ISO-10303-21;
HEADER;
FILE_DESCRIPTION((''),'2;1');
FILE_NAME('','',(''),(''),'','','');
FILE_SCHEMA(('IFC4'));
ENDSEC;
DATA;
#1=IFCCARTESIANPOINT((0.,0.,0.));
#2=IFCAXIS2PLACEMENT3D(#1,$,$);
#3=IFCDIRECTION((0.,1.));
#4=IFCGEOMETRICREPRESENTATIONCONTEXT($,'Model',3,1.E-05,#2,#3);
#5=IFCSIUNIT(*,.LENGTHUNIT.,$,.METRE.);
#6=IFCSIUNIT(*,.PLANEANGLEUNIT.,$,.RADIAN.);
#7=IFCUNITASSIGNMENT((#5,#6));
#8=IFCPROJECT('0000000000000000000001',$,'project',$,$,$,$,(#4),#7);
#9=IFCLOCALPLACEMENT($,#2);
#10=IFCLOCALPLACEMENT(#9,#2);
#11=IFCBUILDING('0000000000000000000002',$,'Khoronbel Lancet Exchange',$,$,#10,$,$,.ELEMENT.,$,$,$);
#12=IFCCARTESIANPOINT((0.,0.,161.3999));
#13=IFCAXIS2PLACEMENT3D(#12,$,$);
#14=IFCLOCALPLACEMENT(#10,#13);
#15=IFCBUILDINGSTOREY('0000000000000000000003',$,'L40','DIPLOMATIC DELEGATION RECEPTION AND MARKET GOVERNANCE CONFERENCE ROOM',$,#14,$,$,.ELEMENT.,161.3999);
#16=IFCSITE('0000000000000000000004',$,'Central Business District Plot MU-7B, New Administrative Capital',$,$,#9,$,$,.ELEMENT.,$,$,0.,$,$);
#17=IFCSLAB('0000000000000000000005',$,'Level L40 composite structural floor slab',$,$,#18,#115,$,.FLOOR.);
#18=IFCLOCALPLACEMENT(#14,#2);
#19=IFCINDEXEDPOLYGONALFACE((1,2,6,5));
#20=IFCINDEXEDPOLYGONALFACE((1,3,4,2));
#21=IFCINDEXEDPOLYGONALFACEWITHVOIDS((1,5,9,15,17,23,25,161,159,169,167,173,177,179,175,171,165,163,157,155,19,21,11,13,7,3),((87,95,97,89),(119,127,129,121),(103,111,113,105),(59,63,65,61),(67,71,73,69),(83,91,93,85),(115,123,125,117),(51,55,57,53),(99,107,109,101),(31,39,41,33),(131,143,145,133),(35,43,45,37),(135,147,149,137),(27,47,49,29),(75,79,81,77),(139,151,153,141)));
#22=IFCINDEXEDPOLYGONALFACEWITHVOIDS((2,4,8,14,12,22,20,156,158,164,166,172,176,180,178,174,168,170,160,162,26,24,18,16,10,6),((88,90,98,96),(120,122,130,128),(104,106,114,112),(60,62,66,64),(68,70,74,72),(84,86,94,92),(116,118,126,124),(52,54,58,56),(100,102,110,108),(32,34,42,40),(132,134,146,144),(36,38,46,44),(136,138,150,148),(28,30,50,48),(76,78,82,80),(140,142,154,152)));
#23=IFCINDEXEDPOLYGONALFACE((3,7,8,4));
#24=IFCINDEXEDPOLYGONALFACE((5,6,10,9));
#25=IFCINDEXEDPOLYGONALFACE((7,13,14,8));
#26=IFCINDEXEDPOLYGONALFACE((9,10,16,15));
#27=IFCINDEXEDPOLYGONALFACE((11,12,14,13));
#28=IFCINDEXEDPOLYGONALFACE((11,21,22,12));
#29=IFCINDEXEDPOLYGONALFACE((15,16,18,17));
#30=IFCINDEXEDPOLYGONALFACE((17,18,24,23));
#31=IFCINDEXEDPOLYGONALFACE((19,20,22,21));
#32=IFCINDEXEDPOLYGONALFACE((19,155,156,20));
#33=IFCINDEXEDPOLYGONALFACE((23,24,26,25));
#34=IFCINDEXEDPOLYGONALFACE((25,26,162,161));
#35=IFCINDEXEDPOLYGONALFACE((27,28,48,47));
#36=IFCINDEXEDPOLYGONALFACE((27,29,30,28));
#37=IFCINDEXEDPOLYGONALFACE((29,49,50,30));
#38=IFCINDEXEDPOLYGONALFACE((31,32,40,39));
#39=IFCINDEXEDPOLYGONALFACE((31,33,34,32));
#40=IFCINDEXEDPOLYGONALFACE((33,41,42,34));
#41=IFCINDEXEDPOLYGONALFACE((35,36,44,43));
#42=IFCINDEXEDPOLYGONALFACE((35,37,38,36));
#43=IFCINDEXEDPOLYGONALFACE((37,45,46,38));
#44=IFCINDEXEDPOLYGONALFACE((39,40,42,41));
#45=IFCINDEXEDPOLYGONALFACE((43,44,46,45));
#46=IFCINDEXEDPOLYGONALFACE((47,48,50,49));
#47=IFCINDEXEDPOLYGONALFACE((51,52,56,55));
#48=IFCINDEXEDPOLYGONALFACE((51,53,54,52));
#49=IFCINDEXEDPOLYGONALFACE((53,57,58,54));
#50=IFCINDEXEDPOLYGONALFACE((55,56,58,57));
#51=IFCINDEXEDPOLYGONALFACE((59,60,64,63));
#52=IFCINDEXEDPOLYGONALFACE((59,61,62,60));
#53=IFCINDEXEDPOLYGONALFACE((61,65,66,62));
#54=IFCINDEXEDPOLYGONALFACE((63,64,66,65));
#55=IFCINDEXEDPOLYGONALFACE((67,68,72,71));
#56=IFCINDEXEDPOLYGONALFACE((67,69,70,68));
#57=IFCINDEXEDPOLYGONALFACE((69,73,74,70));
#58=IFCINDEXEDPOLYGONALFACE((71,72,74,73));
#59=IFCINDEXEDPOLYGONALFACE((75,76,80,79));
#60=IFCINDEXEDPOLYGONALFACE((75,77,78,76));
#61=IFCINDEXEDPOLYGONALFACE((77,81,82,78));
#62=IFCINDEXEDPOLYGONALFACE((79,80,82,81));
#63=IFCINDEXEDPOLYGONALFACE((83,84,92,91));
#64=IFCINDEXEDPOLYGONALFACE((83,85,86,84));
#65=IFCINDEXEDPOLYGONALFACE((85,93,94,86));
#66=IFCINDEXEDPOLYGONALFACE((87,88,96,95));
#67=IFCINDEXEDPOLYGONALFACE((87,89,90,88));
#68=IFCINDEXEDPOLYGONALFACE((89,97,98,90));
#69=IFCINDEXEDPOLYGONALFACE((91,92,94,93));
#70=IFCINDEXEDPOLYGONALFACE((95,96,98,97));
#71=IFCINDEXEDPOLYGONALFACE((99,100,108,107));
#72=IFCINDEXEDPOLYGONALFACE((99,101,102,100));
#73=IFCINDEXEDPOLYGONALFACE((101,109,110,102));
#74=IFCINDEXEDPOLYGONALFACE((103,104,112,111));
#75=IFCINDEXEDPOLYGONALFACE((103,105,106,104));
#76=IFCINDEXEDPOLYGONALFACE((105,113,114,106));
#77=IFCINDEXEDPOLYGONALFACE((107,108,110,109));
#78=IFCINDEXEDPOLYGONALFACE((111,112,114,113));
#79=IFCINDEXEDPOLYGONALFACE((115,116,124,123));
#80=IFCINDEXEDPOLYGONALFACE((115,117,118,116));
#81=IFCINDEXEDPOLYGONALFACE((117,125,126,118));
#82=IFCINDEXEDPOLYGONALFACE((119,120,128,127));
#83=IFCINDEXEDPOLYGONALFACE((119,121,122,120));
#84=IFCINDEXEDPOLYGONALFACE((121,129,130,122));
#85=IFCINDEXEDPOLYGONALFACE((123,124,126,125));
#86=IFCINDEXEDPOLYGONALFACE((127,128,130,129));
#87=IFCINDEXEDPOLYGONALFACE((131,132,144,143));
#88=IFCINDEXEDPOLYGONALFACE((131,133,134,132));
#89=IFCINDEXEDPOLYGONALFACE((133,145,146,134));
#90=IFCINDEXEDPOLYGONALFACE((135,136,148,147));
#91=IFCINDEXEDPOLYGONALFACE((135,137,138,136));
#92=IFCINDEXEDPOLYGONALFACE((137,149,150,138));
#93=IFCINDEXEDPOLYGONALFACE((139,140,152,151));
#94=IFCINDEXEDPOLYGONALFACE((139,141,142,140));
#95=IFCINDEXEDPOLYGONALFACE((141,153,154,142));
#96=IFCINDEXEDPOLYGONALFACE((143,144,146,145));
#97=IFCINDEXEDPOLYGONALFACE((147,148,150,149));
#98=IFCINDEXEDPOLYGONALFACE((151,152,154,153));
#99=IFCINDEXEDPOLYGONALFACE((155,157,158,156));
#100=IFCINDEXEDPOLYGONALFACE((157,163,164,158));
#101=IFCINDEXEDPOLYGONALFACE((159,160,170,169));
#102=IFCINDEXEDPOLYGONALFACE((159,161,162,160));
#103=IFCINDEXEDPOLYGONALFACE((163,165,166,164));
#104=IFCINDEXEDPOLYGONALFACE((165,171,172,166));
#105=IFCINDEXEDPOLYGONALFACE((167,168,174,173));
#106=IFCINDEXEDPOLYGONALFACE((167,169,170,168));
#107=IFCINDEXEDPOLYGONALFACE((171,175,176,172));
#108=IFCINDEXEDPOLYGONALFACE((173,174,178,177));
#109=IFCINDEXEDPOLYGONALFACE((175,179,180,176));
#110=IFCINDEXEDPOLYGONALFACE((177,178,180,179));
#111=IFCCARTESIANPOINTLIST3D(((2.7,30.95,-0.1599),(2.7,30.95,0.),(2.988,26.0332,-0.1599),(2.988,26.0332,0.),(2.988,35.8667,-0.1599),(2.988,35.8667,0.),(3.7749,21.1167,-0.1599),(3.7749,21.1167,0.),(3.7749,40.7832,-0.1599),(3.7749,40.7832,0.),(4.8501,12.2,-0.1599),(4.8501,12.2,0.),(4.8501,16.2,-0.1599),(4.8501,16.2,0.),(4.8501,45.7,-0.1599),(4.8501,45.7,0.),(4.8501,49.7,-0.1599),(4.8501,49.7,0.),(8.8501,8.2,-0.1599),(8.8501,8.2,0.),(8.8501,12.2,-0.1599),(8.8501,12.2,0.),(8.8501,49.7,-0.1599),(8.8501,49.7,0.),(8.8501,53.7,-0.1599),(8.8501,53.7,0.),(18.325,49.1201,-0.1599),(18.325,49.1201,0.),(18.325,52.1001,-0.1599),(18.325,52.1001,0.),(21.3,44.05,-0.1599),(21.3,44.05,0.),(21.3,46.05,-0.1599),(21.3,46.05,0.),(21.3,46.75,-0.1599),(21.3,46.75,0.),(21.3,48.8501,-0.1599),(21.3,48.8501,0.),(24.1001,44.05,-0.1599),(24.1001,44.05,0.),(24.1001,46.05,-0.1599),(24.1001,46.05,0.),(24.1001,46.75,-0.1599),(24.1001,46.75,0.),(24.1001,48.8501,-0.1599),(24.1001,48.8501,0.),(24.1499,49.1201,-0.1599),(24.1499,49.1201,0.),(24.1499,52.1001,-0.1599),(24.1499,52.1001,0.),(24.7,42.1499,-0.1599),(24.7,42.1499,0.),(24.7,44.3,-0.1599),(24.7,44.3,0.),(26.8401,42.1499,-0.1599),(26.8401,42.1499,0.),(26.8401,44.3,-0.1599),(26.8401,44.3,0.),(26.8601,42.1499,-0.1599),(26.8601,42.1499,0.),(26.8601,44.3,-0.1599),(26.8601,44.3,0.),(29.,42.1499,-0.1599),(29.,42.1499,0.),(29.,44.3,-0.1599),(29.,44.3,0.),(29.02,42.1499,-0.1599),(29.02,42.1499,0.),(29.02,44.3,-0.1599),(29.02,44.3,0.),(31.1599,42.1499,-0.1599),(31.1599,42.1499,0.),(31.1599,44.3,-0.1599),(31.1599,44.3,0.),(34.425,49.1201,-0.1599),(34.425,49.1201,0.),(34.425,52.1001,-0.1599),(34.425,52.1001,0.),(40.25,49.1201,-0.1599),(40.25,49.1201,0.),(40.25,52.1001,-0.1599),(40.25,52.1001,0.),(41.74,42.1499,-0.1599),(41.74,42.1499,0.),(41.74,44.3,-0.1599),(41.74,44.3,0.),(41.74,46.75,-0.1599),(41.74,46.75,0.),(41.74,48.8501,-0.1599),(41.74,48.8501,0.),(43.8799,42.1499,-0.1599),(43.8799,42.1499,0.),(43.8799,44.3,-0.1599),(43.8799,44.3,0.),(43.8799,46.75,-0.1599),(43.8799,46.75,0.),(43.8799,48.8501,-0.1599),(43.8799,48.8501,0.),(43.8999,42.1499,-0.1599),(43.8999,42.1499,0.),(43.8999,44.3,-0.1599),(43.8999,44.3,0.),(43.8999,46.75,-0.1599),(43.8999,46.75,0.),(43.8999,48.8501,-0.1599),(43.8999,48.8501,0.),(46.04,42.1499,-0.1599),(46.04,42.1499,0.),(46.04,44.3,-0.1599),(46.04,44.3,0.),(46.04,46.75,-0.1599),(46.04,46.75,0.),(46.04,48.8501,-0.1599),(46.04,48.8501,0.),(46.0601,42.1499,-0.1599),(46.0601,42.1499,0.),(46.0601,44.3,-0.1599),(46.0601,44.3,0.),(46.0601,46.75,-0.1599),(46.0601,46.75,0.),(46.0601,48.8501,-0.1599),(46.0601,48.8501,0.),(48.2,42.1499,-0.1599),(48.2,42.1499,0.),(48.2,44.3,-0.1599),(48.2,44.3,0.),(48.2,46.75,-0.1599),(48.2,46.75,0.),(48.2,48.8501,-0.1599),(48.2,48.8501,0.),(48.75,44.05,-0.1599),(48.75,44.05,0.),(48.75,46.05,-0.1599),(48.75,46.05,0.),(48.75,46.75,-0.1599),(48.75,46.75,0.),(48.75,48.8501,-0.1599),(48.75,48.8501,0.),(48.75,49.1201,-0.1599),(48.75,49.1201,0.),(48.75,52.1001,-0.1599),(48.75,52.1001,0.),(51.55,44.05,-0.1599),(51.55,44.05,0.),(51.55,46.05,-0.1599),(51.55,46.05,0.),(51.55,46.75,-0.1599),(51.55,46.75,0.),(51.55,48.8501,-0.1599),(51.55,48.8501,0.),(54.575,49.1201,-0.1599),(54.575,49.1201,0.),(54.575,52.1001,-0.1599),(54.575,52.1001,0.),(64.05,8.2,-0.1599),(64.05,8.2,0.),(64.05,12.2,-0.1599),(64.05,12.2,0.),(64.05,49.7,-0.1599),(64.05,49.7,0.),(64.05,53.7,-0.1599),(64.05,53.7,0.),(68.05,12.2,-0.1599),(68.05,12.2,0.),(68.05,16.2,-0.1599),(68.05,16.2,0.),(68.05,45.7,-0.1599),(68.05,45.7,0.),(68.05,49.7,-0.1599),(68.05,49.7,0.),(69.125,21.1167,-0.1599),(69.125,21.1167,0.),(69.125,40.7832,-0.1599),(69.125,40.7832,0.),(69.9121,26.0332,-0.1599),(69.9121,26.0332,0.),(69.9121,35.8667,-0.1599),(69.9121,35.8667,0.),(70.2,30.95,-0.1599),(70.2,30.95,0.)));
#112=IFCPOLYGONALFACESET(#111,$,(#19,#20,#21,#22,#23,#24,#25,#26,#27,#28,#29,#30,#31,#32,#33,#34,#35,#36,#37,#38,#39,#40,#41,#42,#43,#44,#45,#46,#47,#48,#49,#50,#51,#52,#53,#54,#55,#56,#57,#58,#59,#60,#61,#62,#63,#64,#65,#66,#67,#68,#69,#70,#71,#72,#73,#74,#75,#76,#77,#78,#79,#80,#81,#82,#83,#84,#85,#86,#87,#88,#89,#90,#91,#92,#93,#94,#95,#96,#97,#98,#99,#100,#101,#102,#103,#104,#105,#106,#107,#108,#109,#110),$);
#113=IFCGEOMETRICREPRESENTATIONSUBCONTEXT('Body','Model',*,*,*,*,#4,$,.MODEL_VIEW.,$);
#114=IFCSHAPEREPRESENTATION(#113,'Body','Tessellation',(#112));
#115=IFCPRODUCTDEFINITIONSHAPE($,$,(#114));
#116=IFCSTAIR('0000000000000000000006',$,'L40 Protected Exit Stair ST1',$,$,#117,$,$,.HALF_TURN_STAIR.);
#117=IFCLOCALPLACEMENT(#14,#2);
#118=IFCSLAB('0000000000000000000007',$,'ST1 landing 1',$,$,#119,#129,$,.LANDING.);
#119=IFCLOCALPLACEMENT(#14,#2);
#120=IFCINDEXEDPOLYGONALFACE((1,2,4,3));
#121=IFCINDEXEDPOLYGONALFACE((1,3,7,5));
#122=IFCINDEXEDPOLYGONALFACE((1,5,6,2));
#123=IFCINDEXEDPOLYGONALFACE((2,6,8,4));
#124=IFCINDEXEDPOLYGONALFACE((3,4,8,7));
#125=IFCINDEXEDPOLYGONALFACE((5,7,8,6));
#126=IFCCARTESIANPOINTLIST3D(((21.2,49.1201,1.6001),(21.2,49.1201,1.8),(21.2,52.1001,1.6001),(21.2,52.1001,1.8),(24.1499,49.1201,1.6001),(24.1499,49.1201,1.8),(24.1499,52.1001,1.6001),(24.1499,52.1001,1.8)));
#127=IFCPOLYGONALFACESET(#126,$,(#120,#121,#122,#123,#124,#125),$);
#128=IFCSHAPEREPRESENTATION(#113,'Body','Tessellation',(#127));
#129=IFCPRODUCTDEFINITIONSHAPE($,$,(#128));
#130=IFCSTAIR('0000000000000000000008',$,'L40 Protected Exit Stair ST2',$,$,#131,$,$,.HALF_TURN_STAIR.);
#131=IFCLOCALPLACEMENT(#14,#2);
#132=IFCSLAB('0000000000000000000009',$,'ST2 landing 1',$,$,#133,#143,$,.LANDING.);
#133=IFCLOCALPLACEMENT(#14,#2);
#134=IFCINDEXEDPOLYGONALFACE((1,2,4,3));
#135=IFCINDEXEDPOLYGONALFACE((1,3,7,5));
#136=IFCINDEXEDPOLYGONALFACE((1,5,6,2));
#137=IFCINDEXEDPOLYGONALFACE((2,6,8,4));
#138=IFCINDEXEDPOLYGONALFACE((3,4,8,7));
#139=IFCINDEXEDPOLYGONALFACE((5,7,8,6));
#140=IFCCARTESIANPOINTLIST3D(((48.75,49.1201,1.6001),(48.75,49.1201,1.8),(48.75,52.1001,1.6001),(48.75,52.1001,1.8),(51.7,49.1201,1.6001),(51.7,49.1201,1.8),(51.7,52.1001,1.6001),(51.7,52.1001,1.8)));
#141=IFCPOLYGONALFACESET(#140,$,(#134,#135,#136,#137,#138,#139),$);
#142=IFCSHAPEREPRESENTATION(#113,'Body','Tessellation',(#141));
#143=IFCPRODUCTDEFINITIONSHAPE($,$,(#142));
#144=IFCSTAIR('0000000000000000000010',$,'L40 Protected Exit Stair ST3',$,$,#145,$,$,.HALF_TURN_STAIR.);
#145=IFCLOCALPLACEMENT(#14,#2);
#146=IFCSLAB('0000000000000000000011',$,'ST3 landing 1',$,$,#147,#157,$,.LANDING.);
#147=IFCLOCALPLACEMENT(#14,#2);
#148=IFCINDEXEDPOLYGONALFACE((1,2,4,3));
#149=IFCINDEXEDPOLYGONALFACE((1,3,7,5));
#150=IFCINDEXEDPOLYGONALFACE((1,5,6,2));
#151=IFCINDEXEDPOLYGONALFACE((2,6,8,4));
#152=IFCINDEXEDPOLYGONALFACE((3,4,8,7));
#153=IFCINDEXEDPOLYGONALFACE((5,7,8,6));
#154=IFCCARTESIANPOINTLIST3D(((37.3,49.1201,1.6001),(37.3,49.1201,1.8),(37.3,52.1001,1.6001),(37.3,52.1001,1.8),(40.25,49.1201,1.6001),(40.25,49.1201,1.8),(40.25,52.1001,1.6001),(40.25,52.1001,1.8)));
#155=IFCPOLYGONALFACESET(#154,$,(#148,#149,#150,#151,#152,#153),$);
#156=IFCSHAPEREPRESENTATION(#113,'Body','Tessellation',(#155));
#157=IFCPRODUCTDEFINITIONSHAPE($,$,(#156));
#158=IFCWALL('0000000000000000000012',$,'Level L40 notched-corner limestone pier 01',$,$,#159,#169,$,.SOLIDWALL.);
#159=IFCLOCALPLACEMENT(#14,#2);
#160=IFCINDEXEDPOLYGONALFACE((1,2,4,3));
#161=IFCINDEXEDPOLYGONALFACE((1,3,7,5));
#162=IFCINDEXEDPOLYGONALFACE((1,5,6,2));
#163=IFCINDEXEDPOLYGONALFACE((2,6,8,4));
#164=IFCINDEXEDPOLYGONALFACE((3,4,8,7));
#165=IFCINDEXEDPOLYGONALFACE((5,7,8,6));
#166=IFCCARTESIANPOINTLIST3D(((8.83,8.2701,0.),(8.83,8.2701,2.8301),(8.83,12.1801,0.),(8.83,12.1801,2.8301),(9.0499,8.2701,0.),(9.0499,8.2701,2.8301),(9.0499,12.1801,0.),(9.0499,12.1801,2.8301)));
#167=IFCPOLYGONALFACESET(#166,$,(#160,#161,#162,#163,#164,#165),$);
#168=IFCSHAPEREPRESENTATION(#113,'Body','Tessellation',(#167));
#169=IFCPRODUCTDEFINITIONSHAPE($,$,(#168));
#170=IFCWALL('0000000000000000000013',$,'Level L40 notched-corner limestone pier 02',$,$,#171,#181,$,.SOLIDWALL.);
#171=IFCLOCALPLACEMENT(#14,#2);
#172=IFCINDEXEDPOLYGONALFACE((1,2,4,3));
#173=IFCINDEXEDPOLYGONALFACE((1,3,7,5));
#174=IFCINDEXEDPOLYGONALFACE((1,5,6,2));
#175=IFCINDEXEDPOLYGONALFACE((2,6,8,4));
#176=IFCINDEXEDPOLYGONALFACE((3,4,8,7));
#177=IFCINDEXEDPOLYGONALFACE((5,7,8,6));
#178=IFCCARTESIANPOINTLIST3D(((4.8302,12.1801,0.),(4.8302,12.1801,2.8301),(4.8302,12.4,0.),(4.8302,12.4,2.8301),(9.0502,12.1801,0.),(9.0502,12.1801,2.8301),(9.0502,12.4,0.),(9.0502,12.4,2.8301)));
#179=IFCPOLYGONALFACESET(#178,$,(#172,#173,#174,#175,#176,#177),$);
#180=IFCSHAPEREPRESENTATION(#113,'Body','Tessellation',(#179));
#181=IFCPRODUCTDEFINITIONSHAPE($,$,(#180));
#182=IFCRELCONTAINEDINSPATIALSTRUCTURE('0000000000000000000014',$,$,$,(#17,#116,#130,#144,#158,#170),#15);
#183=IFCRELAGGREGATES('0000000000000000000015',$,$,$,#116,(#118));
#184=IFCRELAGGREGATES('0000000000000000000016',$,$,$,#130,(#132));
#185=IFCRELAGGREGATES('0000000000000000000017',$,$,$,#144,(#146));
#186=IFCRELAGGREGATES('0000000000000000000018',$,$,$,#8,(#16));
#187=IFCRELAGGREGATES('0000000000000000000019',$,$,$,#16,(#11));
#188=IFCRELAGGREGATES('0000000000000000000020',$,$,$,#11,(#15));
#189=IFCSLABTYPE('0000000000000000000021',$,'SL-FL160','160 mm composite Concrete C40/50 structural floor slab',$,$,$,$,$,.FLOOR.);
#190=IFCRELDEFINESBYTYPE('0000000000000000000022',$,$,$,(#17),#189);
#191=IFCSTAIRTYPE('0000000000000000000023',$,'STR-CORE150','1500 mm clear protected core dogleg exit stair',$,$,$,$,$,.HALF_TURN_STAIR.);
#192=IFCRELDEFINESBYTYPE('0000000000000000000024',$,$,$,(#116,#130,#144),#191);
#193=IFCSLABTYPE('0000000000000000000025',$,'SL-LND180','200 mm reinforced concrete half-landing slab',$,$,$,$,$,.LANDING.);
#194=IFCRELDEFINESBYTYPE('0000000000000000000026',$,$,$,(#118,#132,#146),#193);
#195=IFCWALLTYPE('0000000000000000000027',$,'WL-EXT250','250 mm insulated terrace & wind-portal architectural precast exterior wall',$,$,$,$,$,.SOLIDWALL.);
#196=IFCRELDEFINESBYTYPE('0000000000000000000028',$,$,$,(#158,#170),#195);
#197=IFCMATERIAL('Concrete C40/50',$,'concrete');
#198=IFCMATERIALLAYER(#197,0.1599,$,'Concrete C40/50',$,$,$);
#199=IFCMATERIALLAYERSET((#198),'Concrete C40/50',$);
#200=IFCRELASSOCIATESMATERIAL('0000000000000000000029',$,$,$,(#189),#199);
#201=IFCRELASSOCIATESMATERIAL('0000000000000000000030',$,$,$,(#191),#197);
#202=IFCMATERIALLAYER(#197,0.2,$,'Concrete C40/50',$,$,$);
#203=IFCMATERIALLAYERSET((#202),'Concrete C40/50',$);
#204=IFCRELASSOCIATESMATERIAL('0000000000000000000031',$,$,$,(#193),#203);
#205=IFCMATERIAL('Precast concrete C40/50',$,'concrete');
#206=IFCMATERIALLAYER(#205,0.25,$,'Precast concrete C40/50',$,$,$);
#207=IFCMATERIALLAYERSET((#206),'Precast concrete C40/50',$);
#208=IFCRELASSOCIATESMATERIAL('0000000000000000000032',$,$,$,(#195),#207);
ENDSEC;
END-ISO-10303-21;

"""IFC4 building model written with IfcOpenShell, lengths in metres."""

from ifc_helpers import new_model, si_unit, direction, frame, frame_2d, origin, place, context, subcontext, project, spatial, polyline, rectangle, outline, extrude, material, layer, layer_set, type_object, element, aggregate, save


model = new_model("IFC4")

# Units and contexts
model_context = context("Model", 3, precision=1e-05, world=origin(), true_north=direction((0.0, 1.0)))
body_context = subcontext(model_context, "Body", "Model", "MODEL_VIEW")
ifc_project = project(units=[si_unit("LENGTHUNIT", "METRE"), si_unit("PLANEANGLEUNIT", "RADIAN")], contexts=[model_context])

# Site, building, storey
site_placement = place(None, origin())
site = spatial("IfcSite", under=ifc_project, at=site_placement, Name="Central Business District Plot MU-7B, New Administrative Capital", CompositionType="ELEMENT", RefElevation=0.0)
building_placement = place(site_placement, origin())
building = spatial("IfcBuilding", under=site, at=building_placement, Name="Khoronbel Lancet Exchange", CompositionType="ELEMENT")
storey_placement = place(building_placement, frame((0.0, 0.0, 161.3999)))
storey = spatial("IfcBuildingStorey", under=building, at=storey_placement, Name="L40", Description="DIPLOMATIC DELEGATION RECEPTION AND MARKET GOVERNANCE CONFERENCE ROOM", CompositionType="ELEMENT", Elevation=161.3999)

# Slab
ifc_material_1 = material(Name="Concrete C40/50", Category="concrete")
ifc_layer_1 = layer(ifc_material_1, 0.1599, Name="Concrete C40/50")
ifc_layer_set_1 = layer_set([ifc_layer_1], Name="Concrete C40/50")
slab_type_1 = type_object("IfcSlabType", Name="SL-FL160", Description="160 mm composite Concrete C40/50 structural floor slab", PredefinedType="FLOOR", material=ifc_layer_set_1)
slab_1_placement = place(storey_placement, frame((0.0, 0.0, -0.1599)))
element("IfcSlab", 1, at=slab_1_placement, inside=storey, type_object=slab_type_1, Name="Level L40 composite structural floor slab", PredefinedType="FLOOR", context=body_context, shape_type="SweptSolid", body=[
    extrude(outline(polyline([(8.8501, 8.2), (64.05, 8.2), (64.05, 12.2), (68.05, 12.2), (68.05, 16.2), (69.125, 21.1167), (69.9121, 26.0332), (70.2, 30.95), (69.9121, 35.8667), (69.125, 40.7832), (68.05, 45.7), (68.05, 49.7), (64.05, 49.7), (64.05, 53.7), (8.8501, 53.7), (8.8501, 49.7), (4.8501, 49.7), (4.8501, 45.7), (3.7749, 40.7832), (2.988, 35.8667), (2.7, 30.95), (2.988, 26.0332), (3.7749, 21.1167), (4.8501, 16.2), (4.8501, 12.2), (8.8501, 12.2), (8.8501, 8.2)]), holes=[polyline([(18.325, 49.1201), (24.1499, 49.1201), (24.1499, 52.1001), (18.325, 52.1001), (18.325, 49.1201)]), polyline([(48.75, 49.1201), (54.575, 49.1201), (54.575, 52.1001), (48.75, 52.1001), (48.75, 49.1201)]), polyline([(34.425, 49.1201), (40.25, 49.1201), (40.25, 52.1001), (34.425, 52.1001), (34.425, 49.1201)]), polyline([(24.7, 42.1499), (26.8401, 42.1499), (26.8401, 44.3), (24.7, 44.3), (24.7, 42.1499)]), polyline([(26.8601, 42.1499), (29.0, 42.1499), (29.0, 44.3), (26.8601, 44.3), (26.8601, 42.1499)]), polyline([(29.02, 42.1499), (31.1599, 42.1499), (31.1599, 44.3), (29.02, 44.3), (29.02, 42.1499)]), polyline([(41.74, 46.75), (43.8799, 46.75), (43.8799, 48.8501), (41.74, 48.8501), (41.74, 46.75)]), polyline([(43.8999, 46.75), (46.04, 46.75), (46.04, 48.8501), (43.8999, 48.8501), (43.8999, 46.75)]), polyline([(46.0601, 46.75), (48.2, 46.75), (48.2, 48.8501), (46.0601, 48.8501), (46.0601, 46.75)]), polyline([(41.74, 42.1499), (43.8799, 42.1499), (43.8799, 44.3), (41.74, 44.3), (41.74, 42.1499)]), polyline([(43.8999, 42.1499), (46.04, 42.1499), (46.04, 44.3), (43.8999, 44.3), (43.8999, 42.1499)]), polyline([(46.0601, 42.1499), (48.2, 42.1499), (48.2, 44.3), (46.0601, 44.3), (46.0601, 42.1499)]), polyline([(21.3, 46.75), (24.1001, 46.75), (24.1001, 48.8501), (21.3, 48.8501), (21.3, 46.75)]), polyline([(48.75, 46.75), (51.55, 46.75), (51.55, 48.8501), (48.75, 48.8501), (48.75, 46.75)]), polyline([(21.3, 44.05), (24.1001, 44.05), (24.1001, 46.05), (21.3, 46.05), (21.3, 44.05)]), polyline([(48.75, 44.05), (51.55, 44.05), (51.55, 46.05), (48.75, 46.05), (48.75, 44.05)])]), origin(), (0.0, 0.0, 1.0), 0.1599),
])

# Stairs, slabs
stair_type = type_object("IfcStairType", Name="STR-CORE150", Description="1500 mm clear protected core dogleg exit stair", PredefinedType="HALF_TURN_STAIR", material=ifc_material_1)
stair_1_placement = place(storey_placement, origin())
stair_1 = element("IfcStair", 2, at=stair_1_placement, inside=storey, type_object=stair_type, Name="L40 Protected Exit Stair ST1", PredefinedType="HALF_TURN_STAIR")
ifc_layer_2 = layer(ifc_material_1, 0.2, Name="Concrete C40/50")
ifc_layer_set_2 = layer_set([ifc_layer_2], Name="Concrete C40/50")
slab_type_2 = type_object("IfcSlabType", Name="SL-LND180", Description="200 mm reinforced concrete half-landing slab", PredefinedType="LANDING", material=ifc_layer_set_2)
slab_2_placement = place(storey_placement, frame((0.0, 0.0, 1.6001)))
slab_2 = element("IfcSlab", 3, at=slab_2_placement, type_object=slab_type_2, Name="ST1 landing 1", PredefinedType="LANDING", context=body_context, shape_type="SweptSolid", body=[
    extrude(outline(polyline([(21.2, 49.1201), (24.1499, 49.1201), (24.1499, 52.1001), (21.2, 52.1001), (21.2, 49.1201)])), origin(), (0.0, 0.0, 1.0), 0.2),
])
aggregate(stair_1, [slab_2])
stair_2_placement = place(storey_placement, origin())
stair_2 = element("IfcStair", 4, at=stair_2_placement, inside=storey, type_object=stair_type, Name="L40 Protected Exit Stair ST2", PredefinedType="HALF_TURN_STAIR")
slab_3_placement = place(storey_placement, frame((0.0, 0.0, 1.6001)))
slab_3 = element("IfcSlab", 5, at=slab_3_placement, type_object=slab_type_2, Name="ST2 landing 1", PredefinedType="LANDING", context=body_context, shape_type="SweptSolid", body=[
    extrude(outline(polyline([(51.7, 52.1001), (48.75, 52.1001), (48.75, 49.1201), (51.7, 49.1201), (51.7, 52.1001)])), origin(), (0.0, 0.0, 1.0), 0.2),
])
aggregate(stair_2, [slab_3])
stair_3_placement = place(storey_placement, origin())
stair_3 = element("IfcStair", 6, at=stair_3_placement, inside=storey, type_object=stair_type, Name="L40 Protected Exit Stair ST3", PredefinedType="HALF_TURN_STAIR")
slab_4_placement = place(storey_placement, frame((0.0, 0.0, 1.6001)))
slab_4 = element("IfcSlab", 7, at=slab_4_placement, type_object=slab_type_2, Name="ST3 landing 1", PredefinedType="LANDING", context=body_context, shape_type="SweptSolid", body=[
    extrude(outline(polyline([(37.3, 49.1201), (40.25, 49.1201), (40.25, 52.1001), (37.3, 52.1001), (37.3, 49.1201)])), origin(), (0.0, 0.0, 1.0), 0.2),
])
aggregate(stair_3, [slab_4])

# Walls
ifc_material_2 = material(Name="Precast concrete C40/50", Category="concrete")
ifc_layer_3 = layer(ifc_material_2, 0.25, Name="Precast concrete C40/50")
ifc_layer_set_3 = layer_set([ifc_layer_3], Name="Precast concrete C40/50")
wall_type_1 = type_object("IfcWallType", Name="WL-EXT250", Description="250 mm insulated terrace & wind-portal architectural precast exterior wall", PredefinedType="SOLIDWALL", material=ifc_layer_set_3)
wall_1_placement = place(storey_placement, frame((8.9399, 8.27, 0.0), z_axis=(0.0, 0.0, 1.0), x_axis=(0.0, 1.0, 0.0)))
element("IfcWall", 8, at=wall_1_placement, inside=storey, type_object=wall_type_1, Name="Level L40 notched-corner limestone pier 01", PredefinedType="SOLIDWALL", context=body_context, shape_type="SweptSolid", body=[
    extrude(rectangle(XDim=3.9099, YDim=0.22, at=frame_2d((1.9551, 0.0))), origin(), (0.0, 0.0, 1.0), 2.8301),
])
wall_2_placement = place(storey_placement, frame((9.05, 12.29, 0.0), z_axis=(0.0, 0.0, 1.0), x_axis=(-1.0, 0.0, 0.0)))
element("IfcWall", 9, at=wall_2_placement, inside=storey, type_object=wall_type_1, Name="Level L40 notched-corner limestone pier 02", PredefinedType="SOLIDWALL", context=body_context, shape_type="SweptSolid", body=[
    extrude(rectangle(XDim=4.22, YDim=0.22, at=frame_2d((2.1099, 0.0))), origin(), (0.0, 0.0, 1.0), 2.8301),
])

save(model, "model.ifc")
